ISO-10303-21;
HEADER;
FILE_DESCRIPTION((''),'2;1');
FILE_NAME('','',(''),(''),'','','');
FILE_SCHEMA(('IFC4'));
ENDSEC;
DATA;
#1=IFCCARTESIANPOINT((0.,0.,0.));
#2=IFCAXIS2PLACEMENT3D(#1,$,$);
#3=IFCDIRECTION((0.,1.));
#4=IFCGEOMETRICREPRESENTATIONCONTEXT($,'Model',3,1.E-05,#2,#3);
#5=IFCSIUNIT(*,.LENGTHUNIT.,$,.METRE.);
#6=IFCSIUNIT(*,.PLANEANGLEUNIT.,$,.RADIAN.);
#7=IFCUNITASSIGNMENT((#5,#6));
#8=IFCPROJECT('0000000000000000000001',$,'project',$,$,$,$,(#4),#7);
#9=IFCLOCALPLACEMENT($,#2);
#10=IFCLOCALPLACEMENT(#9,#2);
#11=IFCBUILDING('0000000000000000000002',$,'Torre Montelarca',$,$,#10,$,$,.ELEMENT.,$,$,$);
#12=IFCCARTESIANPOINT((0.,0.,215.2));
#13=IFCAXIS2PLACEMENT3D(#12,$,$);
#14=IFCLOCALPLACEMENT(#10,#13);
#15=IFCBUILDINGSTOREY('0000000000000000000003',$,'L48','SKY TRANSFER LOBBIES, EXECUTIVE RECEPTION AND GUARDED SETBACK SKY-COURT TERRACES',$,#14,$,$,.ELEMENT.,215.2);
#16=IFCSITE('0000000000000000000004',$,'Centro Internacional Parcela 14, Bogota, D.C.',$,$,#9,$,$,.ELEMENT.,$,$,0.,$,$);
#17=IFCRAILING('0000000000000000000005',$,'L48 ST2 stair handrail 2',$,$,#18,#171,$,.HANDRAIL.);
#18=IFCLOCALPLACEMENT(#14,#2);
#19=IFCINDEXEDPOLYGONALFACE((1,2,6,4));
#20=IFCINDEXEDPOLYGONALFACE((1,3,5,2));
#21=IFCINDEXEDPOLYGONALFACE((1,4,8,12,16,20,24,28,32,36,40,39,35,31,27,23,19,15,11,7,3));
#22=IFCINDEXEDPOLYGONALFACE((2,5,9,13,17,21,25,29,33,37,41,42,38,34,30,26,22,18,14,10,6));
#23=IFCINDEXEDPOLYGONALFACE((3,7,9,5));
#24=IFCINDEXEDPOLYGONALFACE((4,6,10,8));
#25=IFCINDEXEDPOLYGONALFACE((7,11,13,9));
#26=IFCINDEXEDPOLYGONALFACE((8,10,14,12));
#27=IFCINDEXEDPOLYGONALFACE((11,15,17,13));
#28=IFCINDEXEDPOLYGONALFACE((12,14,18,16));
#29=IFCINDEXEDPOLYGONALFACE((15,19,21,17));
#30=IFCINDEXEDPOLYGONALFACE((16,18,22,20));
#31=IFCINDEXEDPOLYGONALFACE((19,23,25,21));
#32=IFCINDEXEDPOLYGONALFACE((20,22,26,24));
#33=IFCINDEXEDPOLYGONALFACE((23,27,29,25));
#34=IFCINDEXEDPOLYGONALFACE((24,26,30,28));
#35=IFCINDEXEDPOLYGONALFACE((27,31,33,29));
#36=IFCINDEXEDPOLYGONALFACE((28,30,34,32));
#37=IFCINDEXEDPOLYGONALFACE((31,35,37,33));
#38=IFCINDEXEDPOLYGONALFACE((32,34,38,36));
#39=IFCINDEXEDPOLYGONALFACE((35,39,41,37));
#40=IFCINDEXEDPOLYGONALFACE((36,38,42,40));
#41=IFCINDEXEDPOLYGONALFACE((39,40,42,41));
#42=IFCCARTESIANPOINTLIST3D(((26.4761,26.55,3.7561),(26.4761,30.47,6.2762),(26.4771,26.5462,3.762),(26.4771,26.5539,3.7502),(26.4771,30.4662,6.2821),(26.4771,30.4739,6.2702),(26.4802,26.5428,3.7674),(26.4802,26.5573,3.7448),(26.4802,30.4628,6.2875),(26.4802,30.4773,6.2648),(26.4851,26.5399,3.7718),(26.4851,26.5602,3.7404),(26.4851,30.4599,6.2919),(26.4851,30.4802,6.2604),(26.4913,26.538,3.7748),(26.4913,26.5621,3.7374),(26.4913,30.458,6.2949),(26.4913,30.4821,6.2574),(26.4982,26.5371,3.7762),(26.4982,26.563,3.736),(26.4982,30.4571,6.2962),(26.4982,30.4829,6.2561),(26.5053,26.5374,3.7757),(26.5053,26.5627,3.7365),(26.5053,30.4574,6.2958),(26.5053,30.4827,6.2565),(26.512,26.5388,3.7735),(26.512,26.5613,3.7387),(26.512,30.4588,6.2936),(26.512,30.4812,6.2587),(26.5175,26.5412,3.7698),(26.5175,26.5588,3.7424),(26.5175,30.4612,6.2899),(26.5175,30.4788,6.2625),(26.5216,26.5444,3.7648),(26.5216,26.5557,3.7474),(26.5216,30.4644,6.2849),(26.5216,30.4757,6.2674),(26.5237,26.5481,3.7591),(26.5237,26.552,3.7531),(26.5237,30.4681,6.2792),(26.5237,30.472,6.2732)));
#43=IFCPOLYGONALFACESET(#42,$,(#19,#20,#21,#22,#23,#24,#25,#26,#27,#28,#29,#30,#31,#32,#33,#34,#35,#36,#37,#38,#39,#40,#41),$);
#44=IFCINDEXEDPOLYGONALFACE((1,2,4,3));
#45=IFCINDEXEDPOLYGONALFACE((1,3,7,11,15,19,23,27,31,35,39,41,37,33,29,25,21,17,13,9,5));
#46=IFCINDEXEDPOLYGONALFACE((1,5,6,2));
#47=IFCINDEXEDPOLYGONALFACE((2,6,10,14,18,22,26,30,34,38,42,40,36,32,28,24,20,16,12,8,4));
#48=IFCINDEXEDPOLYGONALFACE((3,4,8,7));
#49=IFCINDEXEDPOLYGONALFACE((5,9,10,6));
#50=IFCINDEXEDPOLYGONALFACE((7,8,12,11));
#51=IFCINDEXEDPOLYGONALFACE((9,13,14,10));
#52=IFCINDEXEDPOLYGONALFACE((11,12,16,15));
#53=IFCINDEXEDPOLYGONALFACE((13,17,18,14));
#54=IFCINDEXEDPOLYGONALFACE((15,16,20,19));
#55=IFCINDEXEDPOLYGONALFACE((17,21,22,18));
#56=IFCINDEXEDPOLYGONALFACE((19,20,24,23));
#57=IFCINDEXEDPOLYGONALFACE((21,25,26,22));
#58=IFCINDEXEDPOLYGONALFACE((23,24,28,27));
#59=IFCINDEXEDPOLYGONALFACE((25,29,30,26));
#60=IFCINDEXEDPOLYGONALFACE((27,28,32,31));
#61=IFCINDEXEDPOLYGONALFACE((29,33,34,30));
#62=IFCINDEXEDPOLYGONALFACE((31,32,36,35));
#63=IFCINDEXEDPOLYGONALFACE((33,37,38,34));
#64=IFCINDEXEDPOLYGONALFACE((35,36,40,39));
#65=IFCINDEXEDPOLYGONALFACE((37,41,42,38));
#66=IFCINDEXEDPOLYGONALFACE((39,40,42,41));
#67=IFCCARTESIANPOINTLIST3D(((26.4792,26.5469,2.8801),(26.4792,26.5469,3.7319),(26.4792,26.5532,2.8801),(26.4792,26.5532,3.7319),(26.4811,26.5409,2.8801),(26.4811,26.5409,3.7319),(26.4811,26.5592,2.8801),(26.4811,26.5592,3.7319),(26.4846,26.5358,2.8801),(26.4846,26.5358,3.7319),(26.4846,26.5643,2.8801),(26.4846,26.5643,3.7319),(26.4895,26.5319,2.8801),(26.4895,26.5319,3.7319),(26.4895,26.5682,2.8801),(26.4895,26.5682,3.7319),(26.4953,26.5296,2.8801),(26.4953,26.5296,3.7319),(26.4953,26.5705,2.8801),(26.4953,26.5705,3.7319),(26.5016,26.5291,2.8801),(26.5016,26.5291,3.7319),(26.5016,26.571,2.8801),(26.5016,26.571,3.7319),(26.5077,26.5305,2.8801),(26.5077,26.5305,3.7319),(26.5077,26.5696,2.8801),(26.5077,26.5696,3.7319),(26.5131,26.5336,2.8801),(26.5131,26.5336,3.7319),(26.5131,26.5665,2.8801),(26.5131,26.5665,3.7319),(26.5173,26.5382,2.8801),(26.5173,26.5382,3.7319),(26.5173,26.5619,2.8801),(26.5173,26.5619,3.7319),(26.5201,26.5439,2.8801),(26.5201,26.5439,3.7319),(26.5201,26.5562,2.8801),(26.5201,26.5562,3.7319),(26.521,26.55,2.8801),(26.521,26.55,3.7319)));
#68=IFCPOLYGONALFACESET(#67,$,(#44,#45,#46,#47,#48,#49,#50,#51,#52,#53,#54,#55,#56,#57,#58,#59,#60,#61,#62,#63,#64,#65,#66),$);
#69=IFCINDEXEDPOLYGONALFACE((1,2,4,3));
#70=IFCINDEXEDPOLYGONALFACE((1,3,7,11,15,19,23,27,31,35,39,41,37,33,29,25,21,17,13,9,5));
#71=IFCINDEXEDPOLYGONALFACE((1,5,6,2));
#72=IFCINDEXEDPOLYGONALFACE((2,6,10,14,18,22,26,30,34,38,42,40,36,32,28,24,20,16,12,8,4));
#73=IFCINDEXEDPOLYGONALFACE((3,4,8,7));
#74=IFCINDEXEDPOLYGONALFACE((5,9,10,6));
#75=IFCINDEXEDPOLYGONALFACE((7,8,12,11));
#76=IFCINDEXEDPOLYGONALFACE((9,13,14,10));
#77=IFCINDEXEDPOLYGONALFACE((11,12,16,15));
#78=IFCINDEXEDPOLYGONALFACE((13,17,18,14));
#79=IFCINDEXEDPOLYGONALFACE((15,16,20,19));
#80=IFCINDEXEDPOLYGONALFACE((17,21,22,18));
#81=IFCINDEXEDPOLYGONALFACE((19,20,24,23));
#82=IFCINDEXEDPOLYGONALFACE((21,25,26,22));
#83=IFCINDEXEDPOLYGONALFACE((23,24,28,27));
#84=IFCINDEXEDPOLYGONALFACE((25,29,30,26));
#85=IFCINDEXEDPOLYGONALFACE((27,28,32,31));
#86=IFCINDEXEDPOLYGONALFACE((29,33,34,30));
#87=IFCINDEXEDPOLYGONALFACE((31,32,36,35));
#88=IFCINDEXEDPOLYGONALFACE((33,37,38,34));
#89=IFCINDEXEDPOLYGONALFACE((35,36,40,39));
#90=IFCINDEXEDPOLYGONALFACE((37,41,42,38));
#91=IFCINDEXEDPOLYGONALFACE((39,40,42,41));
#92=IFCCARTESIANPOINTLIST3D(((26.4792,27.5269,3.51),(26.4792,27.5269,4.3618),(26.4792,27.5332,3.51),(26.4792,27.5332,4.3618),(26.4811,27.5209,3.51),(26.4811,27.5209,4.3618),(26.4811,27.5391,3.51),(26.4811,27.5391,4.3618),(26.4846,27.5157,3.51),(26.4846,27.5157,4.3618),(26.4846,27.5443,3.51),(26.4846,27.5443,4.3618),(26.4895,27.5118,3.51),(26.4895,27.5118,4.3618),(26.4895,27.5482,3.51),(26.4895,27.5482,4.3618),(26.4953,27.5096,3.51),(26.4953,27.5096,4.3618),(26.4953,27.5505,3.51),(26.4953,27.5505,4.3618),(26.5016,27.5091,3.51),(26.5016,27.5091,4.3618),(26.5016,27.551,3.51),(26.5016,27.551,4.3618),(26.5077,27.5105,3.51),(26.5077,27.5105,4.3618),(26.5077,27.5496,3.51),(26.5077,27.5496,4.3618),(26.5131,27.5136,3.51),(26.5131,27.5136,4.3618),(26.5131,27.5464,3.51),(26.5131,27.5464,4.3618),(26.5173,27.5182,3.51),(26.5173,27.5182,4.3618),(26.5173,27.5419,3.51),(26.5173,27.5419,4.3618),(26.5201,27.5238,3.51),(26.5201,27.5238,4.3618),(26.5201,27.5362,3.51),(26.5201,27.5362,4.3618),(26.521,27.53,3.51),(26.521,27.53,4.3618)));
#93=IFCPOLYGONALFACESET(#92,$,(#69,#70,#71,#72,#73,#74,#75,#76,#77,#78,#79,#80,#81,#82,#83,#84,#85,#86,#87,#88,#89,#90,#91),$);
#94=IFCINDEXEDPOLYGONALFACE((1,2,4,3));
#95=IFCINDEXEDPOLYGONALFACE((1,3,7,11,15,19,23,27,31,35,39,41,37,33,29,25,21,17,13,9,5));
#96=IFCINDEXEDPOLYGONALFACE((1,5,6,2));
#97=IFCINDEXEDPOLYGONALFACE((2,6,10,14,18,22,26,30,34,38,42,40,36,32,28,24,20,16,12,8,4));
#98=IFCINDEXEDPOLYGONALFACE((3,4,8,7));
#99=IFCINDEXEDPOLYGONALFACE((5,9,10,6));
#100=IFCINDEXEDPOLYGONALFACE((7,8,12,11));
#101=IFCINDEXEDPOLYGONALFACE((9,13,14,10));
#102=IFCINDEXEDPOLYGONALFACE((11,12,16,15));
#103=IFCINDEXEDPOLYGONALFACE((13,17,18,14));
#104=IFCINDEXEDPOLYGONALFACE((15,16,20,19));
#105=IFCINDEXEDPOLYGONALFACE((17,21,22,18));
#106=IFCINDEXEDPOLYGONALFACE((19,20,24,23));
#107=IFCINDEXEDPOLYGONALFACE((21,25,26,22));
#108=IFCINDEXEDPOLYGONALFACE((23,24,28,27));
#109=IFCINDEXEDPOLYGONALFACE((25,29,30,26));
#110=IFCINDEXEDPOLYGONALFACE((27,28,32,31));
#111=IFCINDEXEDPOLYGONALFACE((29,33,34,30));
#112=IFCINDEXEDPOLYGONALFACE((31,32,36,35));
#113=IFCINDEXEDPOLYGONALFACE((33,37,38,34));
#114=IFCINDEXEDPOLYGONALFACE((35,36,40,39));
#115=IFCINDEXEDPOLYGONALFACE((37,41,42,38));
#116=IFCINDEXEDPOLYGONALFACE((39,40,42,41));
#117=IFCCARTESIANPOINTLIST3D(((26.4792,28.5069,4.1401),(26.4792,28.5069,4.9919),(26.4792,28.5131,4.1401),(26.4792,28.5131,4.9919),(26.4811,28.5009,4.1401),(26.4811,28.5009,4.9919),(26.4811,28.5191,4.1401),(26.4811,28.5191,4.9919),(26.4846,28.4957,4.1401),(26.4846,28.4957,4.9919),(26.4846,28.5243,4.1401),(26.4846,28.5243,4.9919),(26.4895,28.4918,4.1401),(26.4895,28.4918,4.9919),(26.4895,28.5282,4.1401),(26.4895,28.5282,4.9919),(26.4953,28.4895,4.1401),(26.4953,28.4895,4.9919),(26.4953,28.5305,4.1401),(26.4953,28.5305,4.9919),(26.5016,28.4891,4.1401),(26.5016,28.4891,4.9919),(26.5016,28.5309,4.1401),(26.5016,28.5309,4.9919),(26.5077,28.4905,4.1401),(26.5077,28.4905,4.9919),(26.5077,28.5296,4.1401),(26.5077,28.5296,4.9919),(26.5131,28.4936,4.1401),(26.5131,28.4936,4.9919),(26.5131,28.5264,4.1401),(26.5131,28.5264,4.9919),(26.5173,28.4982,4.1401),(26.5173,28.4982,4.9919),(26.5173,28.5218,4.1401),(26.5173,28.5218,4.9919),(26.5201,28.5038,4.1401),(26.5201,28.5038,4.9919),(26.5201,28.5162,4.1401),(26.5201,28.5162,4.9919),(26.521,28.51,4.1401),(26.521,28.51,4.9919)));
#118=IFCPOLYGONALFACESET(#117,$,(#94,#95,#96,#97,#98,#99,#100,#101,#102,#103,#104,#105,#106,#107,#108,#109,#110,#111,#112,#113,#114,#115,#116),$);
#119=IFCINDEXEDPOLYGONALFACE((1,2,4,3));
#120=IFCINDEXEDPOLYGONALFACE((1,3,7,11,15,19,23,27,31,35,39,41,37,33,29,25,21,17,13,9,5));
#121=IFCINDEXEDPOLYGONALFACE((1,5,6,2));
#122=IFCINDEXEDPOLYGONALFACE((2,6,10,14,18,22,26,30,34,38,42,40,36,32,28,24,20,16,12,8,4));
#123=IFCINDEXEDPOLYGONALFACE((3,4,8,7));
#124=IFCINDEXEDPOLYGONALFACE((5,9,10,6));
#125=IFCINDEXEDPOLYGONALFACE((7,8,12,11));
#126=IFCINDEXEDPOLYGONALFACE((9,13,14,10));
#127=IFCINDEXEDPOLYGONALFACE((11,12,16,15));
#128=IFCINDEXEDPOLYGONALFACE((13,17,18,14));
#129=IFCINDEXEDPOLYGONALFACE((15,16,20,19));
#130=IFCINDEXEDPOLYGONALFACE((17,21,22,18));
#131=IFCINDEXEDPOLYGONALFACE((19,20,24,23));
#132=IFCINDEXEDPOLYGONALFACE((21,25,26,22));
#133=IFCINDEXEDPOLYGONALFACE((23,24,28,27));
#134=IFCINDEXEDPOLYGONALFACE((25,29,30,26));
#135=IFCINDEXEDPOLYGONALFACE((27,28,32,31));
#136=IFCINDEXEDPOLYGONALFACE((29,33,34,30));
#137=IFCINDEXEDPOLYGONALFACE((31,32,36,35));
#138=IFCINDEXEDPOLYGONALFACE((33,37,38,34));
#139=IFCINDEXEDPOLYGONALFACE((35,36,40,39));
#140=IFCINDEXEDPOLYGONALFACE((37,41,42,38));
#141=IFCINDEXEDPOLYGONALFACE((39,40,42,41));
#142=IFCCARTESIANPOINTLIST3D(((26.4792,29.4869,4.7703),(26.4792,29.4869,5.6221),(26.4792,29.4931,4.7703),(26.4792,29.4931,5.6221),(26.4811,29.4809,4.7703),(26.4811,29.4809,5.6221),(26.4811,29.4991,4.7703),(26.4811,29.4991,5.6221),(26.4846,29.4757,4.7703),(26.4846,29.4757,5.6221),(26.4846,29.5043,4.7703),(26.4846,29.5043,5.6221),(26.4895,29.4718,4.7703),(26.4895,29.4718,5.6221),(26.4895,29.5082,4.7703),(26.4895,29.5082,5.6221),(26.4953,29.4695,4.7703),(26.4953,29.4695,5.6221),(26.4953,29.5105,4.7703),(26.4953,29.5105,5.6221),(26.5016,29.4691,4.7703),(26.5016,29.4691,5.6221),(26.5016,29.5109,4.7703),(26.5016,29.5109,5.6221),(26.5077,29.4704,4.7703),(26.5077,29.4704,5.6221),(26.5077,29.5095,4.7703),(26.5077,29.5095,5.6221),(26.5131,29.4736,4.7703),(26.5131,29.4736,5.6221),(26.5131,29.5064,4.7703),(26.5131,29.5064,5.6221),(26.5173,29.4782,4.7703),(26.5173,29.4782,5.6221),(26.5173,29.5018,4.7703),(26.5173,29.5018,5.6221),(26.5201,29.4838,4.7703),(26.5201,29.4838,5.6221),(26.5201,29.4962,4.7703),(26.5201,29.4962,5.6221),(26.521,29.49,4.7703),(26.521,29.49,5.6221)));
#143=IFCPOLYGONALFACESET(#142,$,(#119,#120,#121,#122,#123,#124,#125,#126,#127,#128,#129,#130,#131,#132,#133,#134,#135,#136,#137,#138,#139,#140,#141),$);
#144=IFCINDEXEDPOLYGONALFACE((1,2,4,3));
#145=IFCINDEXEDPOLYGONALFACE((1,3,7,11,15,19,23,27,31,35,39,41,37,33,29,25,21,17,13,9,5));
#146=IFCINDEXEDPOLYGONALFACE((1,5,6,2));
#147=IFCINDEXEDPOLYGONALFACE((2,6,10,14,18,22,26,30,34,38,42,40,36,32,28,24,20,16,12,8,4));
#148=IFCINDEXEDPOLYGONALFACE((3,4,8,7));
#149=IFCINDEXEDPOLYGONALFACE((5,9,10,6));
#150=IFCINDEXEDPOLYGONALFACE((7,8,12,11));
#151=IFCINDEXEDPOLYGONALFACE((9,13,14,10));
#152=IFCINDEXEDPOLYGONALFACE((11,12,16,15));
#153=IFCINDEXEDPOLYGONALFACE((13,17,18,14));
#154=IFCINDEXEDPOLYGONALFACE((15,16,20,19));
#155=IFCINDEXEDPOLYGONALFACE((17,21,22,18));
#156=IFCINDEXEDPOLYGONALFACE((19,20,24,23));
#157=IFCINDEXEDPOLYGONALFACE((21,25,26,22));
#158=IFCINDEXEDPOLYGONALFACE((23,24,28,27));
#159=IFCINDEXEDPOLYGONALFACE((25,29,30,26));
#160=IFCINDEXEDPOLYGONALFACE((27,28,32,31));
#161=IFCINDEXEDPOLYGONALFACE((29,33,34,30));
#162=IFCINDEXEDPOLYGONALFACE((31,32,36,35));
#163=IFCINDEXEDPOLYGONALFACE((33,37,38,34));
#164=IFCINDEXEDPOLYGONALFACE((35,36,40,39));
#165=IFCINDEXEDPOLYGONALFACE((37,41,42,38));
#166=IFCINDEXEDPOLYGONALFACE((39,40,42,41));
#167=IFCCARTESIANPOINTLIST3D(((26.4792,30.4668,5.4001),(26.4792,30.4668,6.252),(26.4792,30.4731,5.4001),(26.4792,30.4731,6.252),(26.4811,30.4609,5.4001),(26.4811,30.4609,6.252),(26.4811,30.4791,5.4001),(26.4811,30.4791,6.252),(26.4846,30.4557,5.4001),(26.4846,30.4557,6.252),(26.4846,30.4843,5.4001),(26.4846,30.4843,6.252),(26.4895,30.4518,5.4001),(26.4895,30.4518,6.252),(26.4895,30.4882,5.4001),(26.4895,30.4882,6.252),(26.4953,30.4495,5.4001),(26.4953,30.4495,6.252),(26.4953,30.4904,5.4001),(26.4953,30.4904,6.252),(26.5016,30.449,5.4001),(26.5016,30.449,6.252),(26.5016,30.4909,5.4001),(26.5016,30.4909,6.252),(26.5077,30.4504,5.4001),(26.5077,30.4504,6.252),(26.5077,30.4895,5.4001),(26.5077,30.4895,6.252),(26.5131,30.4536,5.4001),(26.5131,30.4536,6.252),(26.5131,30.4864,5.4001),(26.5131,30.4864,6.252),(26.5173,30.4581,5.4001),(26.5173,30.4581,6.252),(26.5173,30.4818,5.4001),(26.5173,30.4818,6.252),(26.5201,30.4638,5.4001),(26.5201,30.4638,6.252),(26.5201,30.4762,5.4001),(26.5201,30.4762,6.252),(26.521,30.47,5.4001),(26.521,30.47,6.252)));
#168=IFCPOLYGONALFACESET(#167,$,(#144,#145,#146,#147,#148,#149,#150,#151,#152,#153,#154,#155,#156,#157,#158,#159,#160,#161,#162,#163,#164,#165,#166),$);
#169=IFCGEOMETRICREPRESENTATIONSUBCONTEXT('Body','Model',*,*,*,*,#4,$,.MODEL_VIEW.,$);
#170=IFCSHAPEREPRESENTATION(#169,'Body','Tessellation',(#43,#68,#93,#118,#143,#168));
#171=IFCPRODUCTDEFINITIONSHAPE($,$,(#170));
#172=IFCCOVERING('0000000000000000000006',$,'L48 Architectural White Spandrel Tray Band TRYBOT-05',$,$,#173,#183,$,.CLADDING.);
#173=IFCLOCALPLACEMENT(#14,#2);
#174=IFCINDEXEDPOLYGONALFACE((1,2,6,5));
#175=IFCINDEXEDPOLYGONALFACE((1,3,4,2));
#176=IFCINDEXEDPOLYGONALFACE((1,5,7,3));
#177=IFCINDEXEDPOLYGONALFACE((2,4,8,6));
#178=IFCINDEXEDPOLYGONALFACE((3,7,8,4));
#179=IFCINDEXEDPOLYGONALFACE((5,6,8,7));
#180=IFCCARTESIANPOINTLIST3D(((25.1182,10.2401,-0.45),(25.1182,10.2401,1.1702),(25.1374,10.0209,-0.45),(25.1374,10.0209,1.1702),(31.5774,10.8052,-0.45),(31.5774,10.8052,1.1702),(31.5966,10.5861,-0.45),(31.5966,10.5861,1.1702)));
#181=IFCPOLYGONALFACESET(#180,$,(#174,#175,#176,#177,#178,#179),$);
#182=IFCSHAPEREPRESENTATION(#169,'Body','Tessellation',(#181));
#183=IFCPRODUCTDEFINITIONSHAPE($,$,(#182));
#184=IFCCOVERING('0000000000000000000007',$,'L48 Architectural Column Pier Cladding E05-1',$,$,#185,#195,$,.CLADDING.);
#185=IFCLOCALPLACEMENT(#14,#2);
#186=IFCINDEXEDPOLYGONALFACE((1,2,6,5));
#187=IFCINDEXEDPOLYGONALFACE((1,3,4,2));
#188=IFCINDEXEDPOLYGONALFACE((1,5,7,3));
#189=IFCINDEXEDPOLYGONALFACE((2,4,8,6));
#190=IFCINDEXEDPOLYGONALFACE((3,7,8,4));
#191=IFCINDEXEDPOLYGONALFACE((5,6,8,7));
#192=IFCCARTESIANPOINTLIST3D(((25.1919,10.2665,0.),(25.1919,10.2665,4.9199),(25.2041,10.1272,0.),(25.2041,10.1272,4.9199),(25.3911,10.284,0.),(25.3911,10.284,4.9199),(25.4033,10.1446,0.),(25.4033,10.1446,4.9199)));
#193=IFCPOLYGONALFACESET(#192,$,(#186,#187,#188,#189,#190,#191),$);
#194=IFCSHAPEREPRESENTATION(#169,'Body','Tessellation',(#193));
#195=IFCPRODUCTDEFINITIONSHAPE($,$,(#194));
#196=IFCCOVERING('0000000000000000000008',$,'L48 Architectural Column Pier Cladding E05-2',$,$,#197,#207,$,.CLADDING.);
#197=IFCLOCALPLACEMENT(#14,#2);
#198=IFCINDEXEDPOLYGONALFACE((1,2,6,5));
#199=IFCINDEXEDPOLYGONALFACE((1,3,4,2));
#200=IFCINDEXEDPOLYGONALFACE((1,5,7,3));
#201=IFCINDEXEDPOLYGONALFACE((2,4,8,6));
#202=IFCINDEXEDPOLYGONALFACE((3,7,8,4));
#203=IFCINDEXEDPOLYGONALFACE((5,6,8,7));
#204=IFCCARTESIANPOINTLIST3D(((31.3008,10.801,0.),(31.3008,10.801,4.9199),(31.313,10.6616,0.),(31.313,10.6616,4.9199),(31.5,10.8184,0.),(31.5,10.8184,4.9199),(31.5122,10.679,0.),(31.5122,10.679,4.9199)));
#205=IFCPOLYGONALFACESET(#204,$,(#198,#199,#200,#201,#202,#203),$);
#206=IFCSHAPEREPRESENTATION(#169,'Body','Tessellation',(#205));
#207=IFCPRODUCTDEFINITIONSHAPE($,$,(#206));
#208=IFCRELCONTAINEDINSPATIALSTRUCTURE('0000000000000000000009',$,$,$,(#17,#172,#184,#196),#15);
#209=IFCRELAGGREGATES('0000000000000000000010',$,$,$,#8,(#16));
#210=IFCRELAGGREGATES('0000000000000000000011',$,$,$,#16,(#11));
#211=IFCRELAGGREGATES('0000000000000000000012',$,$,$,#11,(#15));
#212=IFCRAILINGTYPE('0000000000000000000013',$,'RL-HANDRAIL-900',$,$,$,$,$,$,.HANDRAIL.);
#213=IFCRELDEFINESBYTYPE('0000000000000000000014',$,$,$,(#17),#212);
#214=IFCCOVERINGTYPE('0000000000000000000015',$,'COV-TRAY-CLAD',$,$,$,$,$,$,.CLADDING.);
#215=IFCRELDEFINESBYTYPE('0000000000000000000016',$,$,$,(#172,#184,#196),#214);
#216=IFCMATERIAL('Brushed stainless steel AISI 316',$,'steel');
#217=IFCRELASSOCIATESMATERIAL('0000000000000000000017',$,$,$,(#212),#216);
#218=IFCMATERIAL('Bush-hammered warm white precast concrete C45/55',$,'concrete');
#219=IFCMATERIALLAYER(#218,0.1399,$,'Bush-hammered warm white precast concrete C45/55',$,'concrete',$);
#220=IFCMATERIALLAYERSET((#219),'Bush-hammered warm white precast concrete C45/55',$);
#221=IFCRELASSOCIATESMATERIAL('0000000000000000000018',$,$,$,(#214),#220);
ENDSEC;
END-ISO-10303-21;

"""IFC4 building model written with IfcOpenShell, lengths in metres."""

from ifc_helpers import new_model, si_unit, direction, frame, origin, origin_2d, place, context, subcontext, project, spatial, rectangle, circle, extrude, source, transform, mapped, material, layer, layer_set, type_object, element, save


model = new_model("IFC4")

# Units and contexts
model_context = context("Model", 3, precision=1e-05, world=origin(), true_north=direction((0.0, 1.0)))
body_context = subcontext(model_context, "Body", "Model", "MODEL_VIEW")
ifc_project = project(units=[si_unit("LENGTHUNIT", "METRE"), si_unit("PLANEANGLEUNIT", "RADIAN")], contexts=[model_context])

# Site, building, storey
site_placement = place(None, origin())
site = spatial("IfcSite", under=ifc_project, at=site_placement, Name="Centro Internacional Parcela 14, Bogota, D.C.", CompositionType="ELEMENT", RefElevation=0.0)
building_placement = place(site_placement, origin())
building = spatial("IfcBuilding", under=site, at=building_placement, Name="Torre Montelarca", CompositionType="ELEMENT")
storey_placement = place(building_placement, frame((0.0, 0.0, 215.2)))
storey = spatial("IfcBuildingStorey", under=building, at=storey_placement, Name="L48", Description="SKY TRANSFER LOBBIES, EXECUTIVE RECEPTION AND GUARDED SETBACK SKY-COURT TERRACES", CompositionType="ELEMENT", Elevation=215.2)

# Railing
ifc_material_1 = material(Name="Brushed stainless steel AISI 316", Category="steel")
railing_type_1 = type_object("IfcRailingType", Name="RL-HANDRAIL-900", PredefinedType="HANDRAIL", material=ifc_material_1)
railing_1_placement = place(storey_placement, frame((26.5, 26.55, 2.8801)))
element("IfcRailing", 1, at=railing_1_placement, inside=storey, type_object=railing_type_1, Name="L48 ST2 stair handrail 2", PredefinedType="HANDRAIL", context=body_context, shape_type="SweptSolid", body=[
    extrude(circle(Radius=0.0239, at=origin_2d()), frame((0.0, 0.0, 0.876), z_axis=(0.0, 0.841172, 0.540768), x_axis=(-1.0, 0.0, 0.0)), (0.0, 0.0, 1.0), 4.6602),
    extrude(circle(Radius=0.021, at=origin_2d()), origin(), (0.0, 0.0, 1.0), 0.8518),
    extrude(circle(Radius=0.021, at=origin_2d()), frame((0.0, 0.98, 0.6299)), (0.0, 0.0, 1.0), 0.8518),
    extrude(circle(Radius=0.021, at=origin_2d()), frame((0.0, 1.96, 1.26)), (0.0, 0.0, 1.0), 0.8518),
    extrude(circle(Radius=0.021, at=origin_2d()), frame((0.0, 2.9399, 1.8901)), (0.0, 0.0, 1.0), 0.8518),
    extrude(circle(Radius=0.021, at=origin_2d()), frame((0.0, 3.9199, 2.52)), (0.0, 0.0, 1.0), 0.8518),
])

# Coverings
ifc_material_2 = material(Name="Bush-hammered warm white precast concrete C45/55", Category="concrete")
ifc_layer_1 = layer(ifc_material_2, 0.1399, Name="Bush-hammered warm white precast concrete C45/55", Category="concrete")
ifc_layer_set_1 = layer_set([ifc_layer_1], Name="Bush-hammered warm white precast concrete C45/55")
covering_type = type_object("IfcCoveringType", Name="COV-TRAY-CLAD", PredefinedType="CLADDING", material=ifc_layer_set_1)
shared_shape_1 = source(origin(), body_context, "Body", "SweptSolid", [
    extrude(rectangle(XDim=6.4839, YDim=0.22, at=origin_2d()), origin(), (0.0, 0.0, 1.0), 1.6201),
])
covering_1_placement = place(storey_placement, frame((28.3574, 10.4131, -0.45), z_axis=(0.0, 0.0, 1.0), x_axis=(0.996194, 0.087163, 0.0)))
element("IfcCovering", 2, at=covering_1_placement, inside=storey, type_object=covering_type, Name="L48 Architectural White Spandrel Tray Band TRYBOT-05", PredefinedType="CLADDING", context=body_context, shape_type="MappedRepresentation", body=[
    mapped(shared_shape_1, transform((0.0, 0.0, 0.0), scale=1.0)),
])
shared_shape_2 = source(origin(), body_context, "Body", "SweptSolid", [
    extrude(rectangle(XDim=0.2, YDim=0.1399, at=origin_2d()), origin(), (0.0, 0.0, 1.0), 4.9199),
])
for number, where, z_axis, x_axis, name in (
    (3, (25.2976, 10.2056, 0.0), (0.0, 0.0, 1.0), (0.996193, 0.087177, 0.0), "L48 Architectural Column Pier Cladding E05-1"),
    (4, (31.4065, 10.74, 0.0), (0.0, 0.0, 1.0), (0.996193, 0.087177, 0.0), "L48 Architectural Column Pier Cladding E05-2"),
):
    element("IfcCovering", number, at=place(storey_placement, frame(where, z_axis=z_axis, x_axis=x_axis)), inside=storey, type_object=covering_type, Name=name, PredefinedType="CLADDING", context=body_context, shape_type="MappedRepresentation", body=[
        mapped(shared_shape_2, transform((0.0, 0.0, 0.0), scale=1.0)),
    ])

save(model, "model.ifc")
